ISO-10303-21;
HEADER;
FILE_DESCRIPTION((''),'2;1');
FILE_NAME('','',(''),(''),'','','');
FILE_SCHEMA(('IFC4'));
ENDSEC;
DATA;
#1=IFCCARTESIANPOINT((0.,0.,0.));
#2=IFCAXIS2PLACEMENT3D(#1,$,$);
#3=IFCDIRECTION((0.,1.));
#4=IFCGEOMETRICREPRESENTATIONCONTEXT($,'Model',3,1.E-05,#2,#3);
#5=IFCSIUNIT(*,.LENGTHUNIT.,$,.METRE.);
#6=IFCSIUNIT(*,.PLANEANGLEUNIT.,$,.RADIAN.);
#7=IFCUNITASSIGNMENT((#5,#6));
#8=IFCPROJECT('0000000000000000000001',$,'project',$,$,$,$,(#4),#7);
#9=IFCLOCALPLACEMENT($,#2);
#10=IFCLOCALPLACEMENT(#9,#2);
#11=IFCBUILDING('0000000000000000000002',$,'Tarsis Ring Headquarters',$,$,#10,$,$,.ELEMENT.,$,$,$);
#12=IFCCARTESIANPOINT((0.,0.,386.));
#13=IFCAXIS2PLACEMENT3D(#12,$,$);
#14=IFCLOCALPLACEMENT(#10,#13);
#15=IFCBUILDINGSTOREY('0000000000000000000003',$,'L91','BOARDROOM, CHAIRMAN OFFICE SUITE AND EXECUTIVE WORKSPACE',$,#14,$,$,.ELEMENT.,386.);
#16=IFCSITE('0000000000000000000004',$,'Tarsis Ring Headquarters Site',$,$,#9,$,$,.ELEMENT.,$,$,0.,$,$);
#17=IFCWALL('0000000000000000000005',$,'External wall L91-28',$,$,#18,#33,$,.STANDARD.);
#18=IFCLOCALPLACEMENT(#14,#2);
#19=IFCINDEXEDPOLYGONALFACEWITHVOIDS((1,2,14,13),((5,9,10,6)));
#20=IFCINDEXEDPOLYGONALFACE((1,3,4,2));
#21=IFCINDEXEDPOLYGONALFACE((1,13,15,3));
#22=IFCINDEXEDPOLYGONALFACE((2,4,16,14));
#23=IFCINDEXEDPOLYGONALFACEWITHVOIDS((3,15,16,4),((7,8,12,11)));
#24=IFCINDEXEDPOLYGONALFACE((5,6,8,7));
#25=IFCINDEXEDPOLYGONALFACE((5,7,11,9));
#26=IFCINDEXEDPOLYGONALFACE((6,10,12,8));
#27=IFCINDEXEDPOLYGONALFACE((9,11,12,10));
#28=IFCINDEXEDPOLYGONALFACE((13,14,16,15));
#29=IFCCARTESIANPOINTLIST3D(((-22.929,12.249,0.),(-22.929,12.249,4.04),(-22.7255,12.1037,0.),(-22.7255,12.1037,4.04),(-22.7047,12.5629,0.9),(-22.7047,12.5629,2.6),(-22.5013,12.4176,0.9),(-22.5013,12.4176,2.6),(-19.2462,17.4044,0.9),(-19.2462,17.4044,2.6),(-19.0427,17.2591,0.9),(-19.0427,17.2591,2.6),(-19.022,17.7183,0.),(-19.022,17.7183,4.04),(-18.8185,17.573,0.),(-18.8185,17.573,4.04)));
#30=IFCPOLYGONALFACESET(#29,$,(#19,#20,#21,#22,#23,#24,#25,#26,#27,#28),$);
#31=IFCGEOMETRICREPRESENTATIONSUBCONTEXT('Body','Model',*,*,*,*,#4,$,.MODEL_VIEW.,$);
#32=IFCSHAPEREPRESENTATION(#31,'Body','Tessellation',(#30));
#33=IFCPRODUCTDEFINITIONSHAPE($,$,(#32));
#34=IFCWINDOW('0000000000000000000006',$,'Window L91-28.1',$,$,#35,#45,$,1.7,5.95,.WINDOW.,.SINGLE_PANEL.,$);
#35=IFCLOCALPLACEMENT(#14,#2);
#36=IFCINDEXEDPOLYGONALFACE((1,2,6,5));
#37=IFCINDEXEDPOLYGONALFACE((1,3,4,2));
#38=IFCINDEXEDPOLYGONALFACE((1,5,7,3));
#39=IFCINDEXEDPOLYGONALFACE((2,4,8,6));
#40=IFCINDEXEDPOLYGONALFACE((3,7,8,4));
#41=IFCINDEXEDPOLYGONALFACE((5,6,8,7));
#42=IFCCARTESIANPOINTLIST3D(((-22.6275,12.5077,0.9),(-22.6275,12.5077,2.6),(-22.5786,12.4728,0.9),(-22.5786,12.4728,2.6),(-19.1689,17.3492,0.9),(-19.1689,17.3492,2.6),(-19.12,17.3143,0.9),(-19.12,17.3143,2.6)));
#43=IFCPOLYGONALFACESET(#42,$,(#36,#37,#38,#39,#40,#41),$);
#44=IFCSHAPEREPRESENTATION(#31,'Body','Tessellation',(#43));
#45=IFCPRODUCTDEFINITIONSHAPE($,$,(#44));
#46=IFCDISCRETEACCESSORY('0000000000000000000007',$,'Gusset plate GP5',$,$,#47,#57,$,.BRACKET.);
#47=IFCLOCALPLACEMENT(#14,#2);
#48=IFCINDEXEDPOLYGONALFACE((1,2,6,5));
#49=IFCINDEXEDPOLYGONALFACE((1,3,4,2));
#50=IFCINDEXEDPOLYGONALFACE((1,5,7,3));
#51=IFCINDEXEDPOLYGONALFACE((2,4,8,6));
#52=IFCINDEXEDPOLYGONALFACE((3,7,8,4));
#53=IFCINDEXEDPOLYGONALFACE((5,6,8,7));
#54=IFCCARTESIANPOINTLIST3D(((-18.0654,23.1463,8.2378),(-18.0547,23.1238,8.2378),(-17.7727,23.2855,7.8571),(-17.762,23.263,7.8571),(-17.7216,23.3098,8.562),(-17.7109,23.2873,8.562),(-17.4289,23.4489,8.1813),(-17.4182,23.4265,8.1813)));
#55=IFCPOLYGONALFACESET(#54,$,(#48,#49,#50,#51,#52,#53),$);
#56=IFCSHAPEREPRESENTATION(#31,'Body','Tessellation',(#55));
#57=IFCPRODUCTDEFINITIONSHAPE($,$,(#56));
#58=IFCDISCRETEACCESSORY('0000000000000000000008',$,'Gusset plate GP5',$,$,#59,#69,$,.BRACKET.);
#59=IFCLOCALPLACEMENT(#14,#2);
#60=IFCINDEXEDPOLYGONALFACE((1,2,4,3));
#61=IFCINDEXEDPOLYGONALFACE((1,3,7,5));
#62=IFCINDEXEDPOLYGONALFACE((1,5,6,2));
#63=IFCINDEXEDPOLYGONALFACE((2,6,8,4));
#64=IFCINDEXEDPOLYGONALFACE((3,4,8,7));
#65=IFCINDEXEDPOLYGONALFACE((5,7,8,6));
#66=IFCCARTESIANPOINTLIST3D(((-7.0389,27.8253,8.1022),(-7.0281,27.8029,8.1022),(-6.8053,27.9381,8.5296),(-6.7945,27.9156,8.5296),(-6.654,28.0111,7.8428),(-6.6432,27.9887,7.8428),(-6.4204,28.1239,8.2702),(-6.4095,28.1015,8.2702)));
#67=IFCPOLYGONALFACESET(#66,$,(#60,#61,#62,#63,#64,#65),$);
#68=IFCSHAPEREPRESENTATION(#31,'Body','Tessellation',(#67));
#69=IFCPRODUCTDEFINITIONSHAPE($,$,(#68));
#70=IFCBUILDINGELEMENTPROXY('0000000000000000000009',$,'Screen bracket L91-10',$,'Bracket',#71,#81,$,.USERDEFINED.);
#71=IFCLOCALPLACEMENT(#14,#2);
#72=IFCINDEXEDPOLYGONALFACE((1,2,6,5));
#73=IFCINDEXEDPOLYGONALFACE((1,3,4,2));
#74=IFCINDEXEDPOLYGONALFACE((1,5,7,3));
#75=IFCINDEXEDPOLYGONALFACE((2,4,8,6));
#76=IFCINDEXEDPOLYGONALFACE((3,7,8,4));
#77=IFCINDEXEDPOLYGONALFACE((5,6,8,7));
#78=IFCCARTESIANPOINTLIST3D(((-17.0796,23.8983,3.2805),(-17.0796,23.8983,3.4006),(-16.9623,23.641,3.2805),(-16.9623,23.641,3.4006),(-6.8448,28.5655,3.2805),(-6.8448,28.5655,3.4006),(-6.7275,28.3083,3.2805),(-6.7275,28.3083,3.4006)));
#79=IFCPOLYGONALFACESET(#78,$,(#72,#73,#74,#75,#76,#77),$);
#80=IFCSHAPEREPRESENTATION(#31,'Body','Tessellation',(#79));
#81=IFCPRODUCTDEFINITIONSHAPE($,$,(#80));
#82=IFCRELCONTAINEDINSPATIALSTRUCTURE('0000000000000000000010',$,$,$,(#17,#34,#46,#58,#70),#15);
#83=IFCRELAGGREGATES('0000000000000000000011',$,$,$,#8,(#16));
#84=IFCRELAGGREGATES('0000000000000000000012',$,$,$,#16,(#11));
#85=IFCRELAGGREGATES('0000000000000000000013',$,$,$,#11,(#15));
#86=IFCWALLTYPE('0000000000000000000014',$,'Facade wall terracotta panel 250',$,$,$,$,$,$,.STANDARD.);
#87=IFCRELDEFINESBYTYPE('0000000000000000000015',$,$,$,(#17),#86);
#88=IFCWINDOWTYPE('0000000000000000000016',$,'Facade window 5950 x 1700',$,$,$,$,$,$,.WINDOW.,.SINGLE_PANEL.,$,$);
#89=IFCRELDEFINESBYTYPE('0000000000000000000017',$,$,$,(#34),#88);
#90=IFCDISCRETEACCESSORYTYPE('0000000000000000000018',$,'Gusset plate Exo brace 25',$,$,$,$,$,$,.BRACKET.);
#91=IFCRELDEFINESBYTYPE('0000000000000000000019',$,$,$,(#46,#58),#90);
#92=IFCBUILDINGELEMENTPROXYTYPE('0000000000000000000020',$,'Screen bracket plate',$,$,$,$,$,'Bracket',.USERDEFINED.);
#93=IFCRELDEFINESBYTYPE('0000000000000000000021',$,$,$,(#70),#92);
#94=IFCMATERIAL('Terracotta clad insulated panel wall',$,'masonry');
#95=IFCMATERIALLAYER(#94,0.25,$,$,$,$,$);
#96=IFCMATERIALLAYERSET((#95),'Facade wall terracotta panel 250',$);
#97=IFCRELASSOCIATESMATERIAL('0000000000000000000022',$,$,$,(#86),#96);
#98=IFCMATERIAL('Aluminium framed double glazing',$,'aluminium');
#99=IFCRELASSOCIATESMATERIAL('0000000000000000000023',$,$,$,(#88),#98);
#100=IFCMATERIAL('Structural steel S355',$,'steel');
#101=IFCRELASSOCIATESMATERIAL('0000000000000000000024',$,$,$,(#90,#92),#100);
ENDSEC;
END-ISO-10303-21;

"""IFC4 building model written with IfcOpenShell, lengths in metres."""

from ifc_helpers import new_model, si_unit, direction, frame, frame_2d, origin, origin_2d, place, context, subcontext, project, spatial, rectangle, extrude, material, layer, layer_set, material_profile, profile_set, type_object, element, fill, save


model = new_model("IFC4")

# Units and contexts
model_context = context("Model", 3, precision=1e-05, world=origin(), true_north=direction((0.0, 1.0)))
body_context = subcontext(model_context, "Body", "Model", "MODEL_VIEW")
ifc_project = project(units=[si_unit("LENGTHUNIT", "METRE"), si_unit("PLANEANGLEUNIT", "RADIAN")], contexts=[model_context])

# Site, building, storey
site_placement = place(None, origin())
site = spatial("IfcSite", under=ifc_project, at=site_placement, Name="Tarsis Ring Headquarters Site", CompositionType="ELEMENT", RefElevation=0.0)
building_placement = place(site_placement, origin())
building = spatial("IfcBuilding", under=site, at=building_placement, Name="Tarsis Ring Headquarters", CompositionType="ELEMENT")
storey_placement = place(building_placement, frame((0.0, 0.0, 386.0)))
storey = spatial("IfcBuildingStorey", under=building, at=storey_placement, Name="L91", Description="BOARDROOM, CHAIRMAN OFFICE SUITE AND EXECUTIVE WORKSPACE", CompositionType="ELEMENT", Elevation=386.0)

# Shared definitions
ifc_material_1 = material(Name="Structural steel S355", Category="steel")

# Wall, opening, window
ifc_material_2 = material(Name="Terracotta clad insulated panel wall", Category="masonry")
ifc_layer_1 = layer(ifc_material_2, 0.25)
ifc_layer_set_1 = layer_set([ifc_layer_1], Name="Facade wall terracotta panel 250")
wall_type_1 = type_object("IfcWallType", Name="Facade wall terracotta panel 250", PredefinedType="STANDARD", material=ifc_layer_set_1)
ifc_material_3 = material(Name="Aluminium framed double glazing", Category="aluminium")
window_type = type_object("IfcWindowType", Name="Facade window 5950 x 1700", PartitioningType="SINGLE_PANEL", PredefinedType="WINDOW", material=ifc_material_3)
wall_1_placement = place(storey_placement, frame((-18.9202, 17.6458, 0.0), z_axis=(0.0, 0.0, 1.0), x_axis=(-0.581276, -0.813706, 0.0)))
wall_1 = element("IfcWall", 1, at=wall_1_placement, inside=storey, type_object=wall_type_1, Name="External wall L91-28", PredefinedType="STANDARD", context=body_context, shape_type="SweptSolid", body=[
    extrude(rectangle(XDim=6.7214, YDim=0.25, at=frame_2d((3.3608, 0.0))), origin(), (0.0, 0.0, 1.0), 4.04),
])
opening_1_placement = place(wall_1_placement, frame((0.3857, 0.0, 0.8999)))
opening_1 = element("IfcOpeningElement", 2, at=opening_1_placement, cuts=wall_1, PredefinedType="OPENING", context=body_context, shape_type="SweptSolid", body=[
    extrude(rectangle(XDim=5.95, YDim=1.7, at=frame_2d((2.9751, 0.8501))), frame((0.0, 0.135, 0.0), z_axis=(0.0, -1.0, 0.0), x_axis=(1.0, 0.0, 0.0)), (0.0, 0.0, 1.0), 0.27),
])
window_1_placement = place(opening_1_placement, origin())
window_1 = element("IfcWindow", 3, at=window_1_placement, inside=storey, type_object=window_type, Name="Window L91-28.1", OverallHeight=1.7, OverallWidth=5.95, PartitioningType="SINGLE_PANEL", PredefinedType="WINDOW", context=body_context, shape_type="SweptSolid", body=[
    extrude(rectangle(XDim=5.95, YDim=1.7, at=frame_2d((2.9751, 0.8501))), frame((0.0, 0.03, 0.0), z_axis=(0.0, -1.0, 0.0), x_axis=(1.0, 0.0, 0.0)), (0.0, 0.0, 1.0), 0.0601),
])
fill(opening_1, window_1)

# Discrete accessories
ifc_material_profile_1 = material_profile(ifc_material_1, rectangle(XDim=0.0249, YDim=0.5, at=origin_2d()), Name="PL 25x500")
ifc_profile_set_1 = profile_set([ifc_material_profile_1], Name="Structural steel S355")
discrete_accessory_type = type_object("IfcDiscreteAccessoryType", Name="Gusset plate Exo brace 25", PredefinedType="BRACKET", material=ifc_profile_set_1)
for number, where, z_axis, x_axis, name in (
    (4, (-17.8882, 23.2168, 8.3999), (0.585542, 0.278364, -0.76135), (-0.429349, 0.903139, 0.0), "Gusset plate GP5"),
    (5, (-6.6074, 28.0198, 8.3999), (-0.46723, -0.225559, -0.85488), (0.434749, -0.900552, 0.0), "Gusset plate GP5"),
):
    element("IfcDiscreteAccessory", number, at=place(storey_placement, frame(where, z_axis=z_axis, x_axis=x_axis)), inside=storey, type_object=discrete_accessory_type, Name=name, PredefinedType="BRACKET", context=body_context, shape_type="SweptSolid", body=[
        extrude(rectangle(XDim=0.0249, YDim=0.5, at=origin_2d()), origin(), (0.0, 0.0, 1.0), 0.5),
    ])

# Building element proxy
building_element_proxy_type = type_object("IfcBuildingElementProxyType", Name="Screen bracket plate", ElementType="Bracket", PredefinedType="USERDEFINED", material=ifc_material_1)
proxy_placement = place(storey_placement, frame((-11.9036, 26.1033, 3.2805), z_axis=(0.0, 0.0, 1.0), x_axis=(-0.909862, -0.414911, 0.0)))
element("IfcBuildingElementProxy", 6, at=proxy_placement, inside=storey, type_object=building_element_proxy_type, Name="Screen bracket L91-10", ObjectType="Bracket", PredefinedType="USERDEFINED", context=body_context, shape_type="SweptSolid", body=[
    extrude(rectangle(XDim=11.2488, YDim=0.2827, at=origin_2d()), origin(), (0.0, 0.0, 1.0), 0.1201),
])

save(model, "model.ifc")
